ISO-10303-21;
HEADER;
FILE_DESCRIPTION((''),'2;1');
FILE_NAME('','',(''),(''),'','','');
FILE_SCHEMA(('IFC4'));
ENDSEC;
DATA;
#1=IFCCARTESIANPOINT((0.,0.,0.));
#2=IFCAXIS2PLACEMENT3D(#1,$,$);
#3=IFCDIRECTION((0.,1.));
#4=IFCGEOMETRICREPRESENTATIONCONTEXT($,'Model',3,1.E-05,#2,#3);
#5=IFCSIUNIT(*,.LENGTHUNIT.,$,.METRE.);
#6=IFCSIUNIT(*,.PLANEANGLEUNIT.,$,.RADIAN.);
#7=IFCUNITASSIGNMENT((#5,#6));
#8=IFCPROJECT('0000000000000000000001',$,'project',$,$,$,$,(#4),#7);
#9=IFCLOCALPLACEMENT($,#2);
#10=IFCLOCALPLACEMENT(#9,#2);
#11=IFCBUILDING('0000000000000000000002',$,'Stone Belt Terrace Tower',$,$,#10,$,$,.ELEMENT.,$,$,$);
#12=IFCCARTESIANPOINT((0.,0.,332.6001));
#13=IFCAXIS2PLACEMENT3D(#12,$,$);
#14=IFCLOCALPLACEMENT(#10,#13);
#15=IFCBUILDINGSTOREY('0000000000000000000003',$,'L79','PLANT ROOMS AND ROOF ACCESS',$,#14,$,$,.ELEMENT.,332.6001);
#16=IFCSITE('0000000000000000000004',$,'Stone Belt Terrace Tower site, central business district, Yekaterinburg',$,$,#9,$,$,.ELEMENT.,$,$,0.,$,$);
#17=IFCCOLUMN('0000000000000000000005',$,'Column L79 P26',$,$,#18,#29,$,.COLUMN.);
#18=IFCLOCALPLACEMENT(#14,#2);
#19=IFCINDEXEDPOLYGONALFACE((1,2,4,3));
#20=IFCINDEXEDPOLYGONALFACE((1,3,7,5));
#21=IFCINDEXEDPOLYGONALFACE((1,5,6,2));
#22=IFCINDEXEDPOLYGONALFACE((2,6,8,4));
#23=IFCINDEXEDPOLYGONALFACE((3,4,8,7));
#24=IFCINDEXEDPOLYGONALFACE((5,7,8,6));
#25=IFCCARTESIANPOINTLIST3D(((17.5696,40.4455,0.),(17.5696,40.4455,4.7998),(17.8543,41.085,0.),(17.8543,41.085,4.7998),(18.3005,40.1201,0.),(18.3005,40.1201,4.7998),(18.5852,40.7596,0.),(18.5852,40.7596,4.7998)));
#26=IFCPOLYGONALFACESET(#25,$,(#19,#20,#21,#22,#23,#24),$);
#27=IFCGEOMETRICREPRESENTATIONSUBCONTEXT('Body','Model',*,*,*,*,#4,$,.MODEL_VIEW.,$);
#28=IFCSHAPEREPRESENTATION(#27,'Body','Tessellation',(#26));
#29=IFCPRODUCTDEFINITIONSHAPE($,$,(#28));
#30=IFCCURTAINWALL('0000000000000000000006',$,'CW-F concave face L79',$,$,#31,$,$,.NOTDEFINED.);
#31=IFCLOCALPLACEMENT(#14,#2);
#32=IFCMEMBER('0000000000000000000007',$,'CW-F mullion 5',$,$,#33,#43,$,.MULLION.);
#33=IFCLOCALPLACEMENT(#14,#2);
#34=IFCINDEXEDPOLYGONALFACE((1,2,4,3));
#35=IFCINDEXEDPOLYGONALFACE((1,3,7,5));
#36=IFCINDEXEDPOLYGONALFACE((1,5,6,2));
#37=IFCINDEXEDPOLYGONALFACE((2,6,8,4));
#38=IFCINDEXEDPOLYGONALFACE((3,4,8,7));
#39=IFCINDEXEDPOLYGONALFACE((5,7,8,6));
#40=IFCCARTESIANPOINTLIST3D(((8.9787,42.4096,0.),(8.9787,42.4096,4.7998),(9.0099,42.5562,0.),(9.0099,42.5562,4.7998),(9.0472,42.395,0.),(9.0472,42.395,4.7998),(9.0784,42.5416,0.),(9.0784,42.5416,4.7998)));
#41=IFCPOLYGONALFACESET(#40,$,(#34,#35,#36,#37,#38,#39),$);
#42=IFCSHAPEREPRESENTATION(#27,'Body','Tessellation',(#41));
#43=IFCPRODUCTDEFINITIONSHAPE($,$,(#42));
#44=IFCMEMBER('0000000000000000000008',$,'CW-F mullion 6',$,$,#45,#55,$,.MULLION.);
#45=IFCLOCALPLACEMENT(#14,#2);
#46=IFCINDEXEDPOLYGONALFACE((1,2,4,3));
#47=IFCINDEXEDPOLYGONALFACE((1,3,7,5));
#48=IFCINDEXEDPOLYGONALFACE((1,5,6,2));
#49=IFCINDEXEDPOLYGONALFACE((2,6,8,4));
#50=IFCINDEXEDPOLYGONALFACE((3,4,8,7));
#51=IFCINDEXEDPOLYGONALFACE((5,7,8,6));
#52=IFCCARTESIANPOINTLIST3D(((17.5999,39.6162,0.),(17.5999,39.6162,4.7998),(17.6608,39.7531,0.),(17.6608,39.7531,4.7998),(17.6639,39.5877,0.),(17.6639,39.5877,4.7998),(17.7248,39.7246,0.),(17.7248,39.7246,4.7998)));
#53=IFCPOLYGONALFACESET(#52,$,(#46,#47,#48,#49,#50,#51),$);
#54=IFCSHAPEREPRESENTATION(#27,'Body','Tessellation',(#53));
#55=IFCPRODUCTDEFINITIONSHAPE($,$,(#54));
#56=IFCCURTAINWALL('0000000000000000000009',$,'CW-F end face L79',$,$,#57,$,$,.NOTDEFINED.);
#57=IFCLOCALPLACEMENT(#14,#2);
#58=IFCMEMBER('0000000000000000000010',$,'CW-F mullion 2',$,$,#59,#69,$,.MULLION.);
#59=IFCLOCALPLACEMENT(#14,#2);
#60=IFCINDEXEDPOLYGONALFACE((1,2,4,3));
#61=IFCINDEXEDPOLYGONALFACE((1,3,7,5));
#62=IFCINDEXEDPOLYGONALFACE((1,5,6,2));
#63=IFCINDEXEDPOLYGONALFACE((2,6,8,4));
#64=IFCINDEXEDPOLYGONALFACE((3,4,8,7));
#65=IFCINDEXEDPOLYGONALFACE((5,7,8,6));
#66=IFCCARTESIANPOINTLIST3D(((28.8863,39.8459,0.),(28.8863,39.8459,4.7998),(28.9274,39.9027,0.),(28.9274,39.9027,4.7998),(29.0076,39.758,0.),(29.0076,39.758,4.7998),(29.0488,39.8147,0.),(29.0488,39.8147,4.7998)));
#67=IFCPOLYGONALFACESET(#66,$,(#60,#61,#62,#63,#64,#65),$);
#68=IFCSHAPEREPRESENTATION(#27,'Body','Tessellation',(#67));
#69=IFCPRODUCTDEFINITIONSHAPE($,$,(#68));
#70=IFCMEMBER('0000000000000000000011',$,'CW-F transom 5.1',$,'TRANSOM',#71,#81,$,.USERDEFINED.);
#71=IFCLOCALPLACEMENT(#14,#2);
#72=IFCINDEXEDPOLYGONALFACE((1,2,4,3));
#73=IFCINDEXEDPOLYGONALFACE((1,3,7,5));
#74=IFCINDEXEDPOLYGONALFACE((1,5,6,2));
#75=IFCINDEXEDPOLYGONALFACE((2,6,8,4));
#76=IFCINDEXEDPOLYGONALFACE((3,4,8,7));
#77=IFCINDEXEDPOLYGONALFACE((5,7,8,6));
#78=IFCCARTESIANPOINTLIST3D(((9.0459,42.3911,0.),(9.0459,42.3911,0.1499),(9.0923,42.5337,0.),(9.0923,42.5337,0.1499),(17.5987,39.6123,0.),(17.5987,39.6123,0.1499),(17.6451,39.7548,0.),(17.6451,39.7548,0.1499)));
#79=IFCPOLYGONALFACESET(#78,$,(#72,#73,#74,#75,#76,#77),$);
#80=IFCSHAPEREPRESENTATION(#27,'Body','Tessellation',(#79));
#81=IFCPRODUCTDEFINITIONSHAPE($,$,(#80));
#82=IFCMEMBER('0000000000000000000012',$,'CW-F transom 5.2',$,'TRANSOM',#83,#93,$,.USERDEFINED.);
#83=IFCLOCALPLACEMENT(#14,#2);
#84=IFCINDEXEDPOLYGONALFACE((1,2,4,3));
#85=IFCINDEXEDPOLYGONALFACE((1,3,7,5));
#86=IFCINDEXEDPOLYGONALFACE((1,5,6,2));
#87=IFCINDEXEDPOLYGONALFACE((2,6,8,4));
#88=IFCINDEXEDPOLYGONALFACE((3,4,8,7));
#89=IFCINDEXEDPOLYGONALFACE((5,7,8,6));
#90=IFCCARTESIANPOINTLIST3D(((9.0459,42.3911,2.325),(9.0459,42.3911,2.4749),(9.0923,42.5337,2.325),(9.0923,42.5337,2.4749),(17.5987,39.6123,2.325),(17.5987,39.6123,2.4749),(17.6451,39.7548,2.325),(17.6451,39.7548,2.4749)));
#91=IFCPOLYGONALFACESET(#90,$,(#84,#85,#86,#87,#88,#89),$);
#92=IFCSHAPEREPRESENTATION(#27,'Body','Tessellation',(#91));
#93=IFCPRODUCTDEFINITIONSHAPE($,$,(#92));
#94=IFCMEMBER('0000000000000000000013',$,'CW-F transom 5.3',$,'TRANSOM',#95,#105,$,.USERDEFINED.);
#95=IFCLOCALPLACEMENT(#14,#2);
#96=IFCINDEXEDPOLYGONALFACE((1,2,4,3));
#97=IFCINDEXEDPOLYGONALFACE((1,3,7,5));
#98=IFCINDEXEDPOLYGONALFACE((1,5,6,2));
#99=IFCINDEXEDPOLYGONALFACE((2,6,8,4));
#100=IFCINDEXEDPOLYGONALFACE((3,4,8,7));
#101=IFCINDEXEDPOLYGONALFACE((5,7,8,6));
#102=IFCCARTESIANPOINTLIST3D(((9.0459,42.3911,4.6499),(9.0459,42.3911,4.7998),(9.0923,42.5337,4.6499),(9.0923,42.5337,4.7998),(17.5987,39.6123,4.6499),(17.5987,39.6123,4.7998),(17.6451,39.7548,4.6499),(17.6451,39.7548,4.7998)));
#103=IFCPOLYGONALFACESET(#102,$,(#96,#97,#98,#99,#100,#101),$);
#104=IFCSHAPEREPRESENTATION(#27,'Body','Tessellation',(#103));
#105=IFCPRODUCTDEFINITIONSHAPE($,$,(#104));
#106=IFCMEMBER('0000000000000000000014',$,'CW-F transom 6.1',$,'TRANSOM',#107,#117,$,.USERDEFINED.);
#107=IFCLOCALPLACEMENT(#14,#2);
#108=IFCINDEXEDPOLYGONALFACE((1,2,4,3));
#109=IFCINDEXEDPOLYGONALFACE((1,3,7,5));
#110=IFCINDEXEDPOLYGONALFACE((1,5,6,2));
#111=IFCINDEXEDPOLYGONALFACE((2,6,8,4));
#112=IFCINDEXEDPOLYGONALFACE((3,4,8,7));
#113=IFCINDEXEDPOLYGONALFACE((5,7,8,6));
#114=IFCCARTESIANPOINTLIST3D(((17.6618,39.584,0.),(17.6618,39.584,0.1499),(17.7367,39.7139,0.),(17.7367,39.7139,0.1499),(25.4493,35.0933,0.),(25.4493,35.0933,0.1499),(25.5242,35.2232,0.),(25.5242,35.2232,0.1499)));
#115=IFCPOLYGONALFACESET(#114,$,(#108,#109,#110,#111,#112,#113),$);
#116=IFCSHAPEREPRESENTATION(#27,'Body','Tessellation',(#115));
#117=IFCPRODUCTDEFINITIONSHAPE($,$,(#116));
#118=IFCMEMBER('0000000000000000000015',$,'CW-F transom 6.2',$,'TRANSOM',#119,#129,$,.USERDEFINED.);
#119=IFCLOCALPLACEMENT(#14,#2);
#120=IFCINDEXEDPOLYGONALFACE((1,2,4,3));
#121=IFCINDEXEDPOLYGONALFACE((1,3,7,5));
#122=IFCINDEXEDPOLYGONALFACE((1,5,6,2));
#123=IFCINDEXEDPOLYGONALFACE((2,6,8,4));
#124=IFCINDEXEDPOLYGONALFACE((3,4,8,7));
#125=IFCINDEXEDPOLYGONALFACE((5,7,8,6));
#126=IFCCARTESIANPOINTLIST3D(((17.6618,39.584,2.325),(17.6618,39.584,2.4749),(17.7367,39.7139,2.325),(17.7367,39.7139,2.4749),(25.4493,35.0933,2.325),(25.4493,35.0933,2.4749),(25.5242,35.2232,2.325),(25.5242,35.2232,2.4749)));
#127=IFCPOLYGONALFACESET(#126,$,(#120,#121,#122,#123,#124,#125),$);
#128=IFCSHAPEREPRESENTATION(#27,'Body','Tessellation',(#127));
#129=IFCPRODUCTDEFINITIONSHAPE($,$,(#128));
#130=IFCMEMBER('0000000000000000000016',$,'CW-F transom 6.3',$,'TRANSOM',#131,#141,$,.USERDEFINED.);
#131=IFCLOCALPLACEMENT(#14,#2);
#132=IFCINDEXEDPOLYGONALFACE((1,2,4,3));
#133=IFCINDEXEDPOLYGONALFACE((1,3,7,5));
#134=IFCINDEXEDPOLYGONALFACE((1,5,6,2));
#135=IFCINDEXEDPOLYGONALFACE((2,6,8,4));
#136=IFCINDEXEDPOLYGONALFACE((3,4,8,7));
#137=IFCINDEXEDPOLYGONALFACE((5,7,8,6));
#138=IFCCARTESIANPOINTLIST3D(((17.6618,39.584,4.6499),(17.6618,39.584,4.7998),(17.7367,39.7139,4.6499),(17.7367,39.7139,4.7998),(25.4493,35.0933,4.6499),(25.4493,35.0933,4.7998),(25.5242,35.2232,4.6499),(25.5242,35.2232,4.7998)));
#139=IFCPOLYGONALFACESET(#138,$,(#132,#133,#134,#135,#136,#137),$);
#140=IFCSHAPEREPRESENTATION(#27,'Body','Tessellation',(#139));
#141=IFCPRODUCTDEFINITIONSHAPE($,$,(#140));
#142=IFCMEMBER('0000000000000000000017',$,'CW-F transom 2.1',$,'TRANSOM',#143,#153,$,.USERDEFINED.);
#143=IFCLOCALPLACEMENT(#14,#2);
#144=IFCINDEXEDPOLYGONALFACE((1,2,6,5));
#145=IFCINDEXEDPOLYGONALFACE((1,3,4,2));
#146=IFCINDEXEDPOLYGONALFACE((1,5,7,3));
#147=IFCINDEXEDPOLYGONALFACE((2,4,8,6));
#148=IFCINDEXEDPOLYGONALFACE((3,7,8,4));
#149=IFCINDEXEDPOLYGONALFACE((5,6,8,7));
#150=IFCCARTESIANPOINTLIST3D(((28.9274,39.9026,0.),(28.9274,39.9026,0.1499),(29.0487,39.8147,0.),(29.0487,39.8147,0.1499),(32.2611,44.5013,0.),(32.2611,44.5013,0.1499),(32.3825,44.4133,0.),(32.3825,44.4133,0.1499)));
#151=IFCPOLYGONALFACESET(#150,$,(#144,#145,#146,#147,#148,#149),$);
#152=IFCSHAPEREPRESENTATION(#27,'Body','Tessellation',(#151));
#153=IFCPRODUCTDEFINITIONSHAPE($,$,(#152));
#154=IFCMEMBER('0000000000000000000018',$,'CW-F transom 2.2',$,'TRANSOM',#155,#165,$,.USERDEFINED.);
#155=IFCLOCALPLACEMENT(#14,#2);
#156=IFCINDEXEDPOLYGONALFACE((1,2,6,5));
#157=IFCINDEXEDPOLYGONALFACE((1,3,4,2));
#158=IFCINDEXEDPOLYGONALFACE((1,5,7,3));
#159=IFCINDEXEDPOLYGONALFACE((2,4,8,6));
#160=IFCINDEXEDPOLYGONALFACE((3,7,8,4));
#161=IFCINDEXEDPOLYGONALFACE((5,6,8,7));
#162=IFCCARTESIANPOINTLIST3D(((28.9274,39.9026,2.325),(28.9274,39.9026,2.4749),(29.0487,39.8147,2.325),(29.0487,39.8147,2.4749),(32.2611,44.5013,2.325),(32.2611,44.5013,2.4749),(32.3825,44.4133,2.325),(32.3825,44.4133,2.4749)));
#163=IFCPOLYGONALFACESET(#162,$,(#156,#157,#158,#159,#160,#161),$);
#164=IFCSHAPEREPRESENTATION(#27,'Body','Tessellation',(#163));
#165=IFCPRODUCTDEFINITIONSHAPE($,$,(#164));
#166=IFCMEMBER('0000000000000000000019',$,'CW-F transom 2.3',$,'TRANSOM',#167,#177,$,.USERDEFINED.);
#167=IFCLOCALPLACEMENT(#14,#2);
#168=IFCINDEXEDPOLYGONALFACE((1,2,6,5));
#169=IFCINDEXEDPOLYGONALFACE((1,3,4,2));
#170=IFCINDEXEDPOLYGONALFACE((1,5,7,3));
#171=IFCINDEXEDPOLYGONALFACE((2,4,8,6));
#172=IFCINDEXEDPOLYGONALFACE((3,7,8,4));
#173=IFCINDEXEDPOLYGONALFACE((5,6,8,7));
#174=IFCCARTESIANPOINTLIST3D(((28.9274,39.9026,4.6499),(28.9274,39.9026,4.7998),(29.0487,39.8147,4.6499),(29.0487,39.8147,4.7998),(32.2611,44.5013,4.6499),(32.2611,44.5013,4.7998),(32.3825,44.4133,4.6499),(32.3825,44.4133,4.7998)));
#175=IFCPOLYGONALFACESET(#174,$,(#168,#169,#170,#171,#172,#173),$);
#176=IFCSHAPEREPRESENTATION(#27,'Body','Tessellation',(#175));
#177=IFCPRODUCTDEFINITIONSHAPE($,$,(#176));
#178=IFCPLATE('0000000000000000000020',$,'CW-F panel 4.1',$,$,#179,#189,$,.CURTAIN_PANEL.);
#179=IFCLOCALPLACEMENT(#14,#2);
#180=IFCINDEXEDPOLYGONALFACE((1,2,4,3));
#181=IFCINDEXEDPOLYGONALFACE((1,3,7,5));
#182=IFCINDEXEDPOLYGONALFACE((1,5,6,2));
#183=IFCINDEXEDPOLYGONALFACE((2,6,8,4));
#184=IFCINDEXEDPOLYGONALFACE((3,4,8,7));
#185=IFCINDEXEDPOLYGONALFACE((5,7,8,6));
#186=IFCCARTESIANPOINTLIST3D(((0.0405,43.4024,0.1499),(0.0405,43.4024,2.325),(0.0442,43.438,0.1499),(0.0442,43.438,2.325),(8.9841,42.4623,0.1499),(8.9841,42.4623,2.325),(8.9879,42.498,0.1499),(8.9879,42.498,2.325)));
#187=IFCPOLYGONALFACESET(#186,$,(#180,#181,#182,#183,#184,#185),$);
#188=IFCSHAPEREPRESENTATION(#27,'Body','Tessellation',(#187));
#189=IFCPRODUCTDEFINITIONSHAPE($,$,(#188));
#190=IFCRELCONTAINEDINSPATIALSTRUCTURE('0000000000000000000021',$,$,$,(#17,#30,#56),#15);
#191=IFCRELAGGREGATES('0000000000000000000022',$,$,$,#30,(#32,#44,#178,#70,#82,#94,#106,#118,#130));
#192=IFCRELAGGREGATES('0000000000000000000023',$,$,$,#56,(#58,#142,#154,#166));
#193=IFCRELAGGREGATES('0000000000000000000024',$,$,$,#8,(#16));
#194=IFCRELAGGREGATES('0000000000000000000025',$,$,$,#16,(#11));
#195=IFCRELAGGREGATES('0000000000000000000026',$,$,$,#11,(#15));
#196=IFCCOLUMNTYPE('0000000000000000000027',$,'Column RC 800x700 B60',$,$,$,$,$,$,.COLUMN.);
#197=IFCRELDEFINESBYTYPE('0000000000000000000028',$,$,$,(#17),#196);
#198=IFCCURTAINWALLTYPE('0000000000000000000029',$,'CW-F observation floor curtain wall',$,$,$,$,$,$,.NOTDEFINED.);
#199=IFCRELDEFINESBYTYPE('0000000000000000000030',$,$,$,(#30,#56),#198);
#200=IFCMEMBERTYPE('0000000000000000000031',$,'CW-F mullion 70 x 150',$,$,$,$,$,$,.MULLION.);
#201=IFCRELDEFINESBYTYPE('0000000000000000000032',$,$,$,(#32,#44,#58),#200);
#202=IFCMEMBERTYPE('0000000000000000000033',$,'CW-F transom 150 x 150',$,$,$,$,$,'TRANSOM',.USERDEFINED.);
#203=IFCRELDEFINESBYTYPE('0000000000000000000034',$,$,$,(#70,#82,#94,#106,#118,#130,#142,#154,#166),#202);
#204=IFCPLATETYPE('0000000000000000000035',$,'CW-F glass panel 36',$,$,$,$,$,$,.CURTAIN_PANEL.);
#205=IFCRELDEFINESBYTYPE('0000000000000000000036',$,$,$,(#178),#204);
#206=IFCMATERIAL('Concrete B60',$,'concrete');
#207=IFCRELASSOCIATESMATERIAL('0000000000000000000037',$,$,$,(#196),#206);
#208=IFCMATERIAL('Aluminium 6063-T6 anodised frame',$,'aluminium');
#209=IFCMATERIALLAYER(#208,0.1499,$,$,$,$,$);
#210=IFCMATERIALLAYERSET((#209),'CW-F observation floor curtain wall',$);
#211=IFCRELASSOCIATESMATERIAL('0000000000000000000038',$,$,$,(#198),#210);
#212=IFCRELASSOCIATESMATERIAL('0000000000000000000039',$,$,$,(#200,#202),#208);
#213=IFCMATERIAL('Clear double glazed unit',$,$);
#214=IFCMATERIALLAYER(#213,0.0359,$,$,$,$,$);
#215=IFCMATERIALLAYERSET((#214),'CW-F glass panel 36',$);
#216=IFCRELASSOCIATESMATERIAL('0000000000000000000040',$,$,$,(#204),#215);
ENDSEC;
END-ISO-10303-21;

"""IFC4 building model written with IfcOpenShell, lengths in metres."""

from ifc_helpers import new_model, si_unit, direction, frame, origin, origin_2d, place, context, subcontext, project, spatial, rectangle, extrude, material, layer, layer_set, material_profile, profile_set, type_object, element, aggregate, save


model = new_model("IFC4")

# Units and contexts
model_context = context("Model", 3, precision=1e-05, world=origin(), true_north=direction((0.0, 1.0)))
body_context = subcontext(model_context, "Body", "Model", "MODEL_VIEW")
ifc_project = project(units=[si_unit("LENGTHUNIT", "METRE"), si_unit("PLANEANGLEUNIT", "RADIAN")], contexts=[model_context])

# Site, building, storey
site_placement = place(None, origin())
site = spatial("IfcSite", under=ifc_project, at=site_placement, Name="Stone Belt Terrace Tower site, central business district, Yekaterinburg", CompositionType="ELEMENT", RefElevation=0.0)
building_placement = place(site_placement, origin())
building = spatial("IfcBuilding", under=site, at=building_placement, Name="Stone Belt Terrace Tower", CompositionType="ELEMENT")
storey_placement = place(building_placement, frame((0.0, 0.0, 332.6001)))
storey = spatial("IfcBuildingStorey", under=building, at=storey_placement, Name="L79", Description="PLANT ROOMS AND ROOF ACCESS", CompositionType="ELEMENT", Elevation=332.6001)

# Column
ifc_material_1 = material(Name="Concrete B60", Category="concrete")
ifc_material_profile_1 = material_profile(ifc_material_1, rectangle(XDim=0.8, YDim=0.7, at=origin_2d()), Name="RC 800x700")
ifc_profile_set_1 = profile_set([ifc_material_profile_1], Name="Concrete B60")
column_type = type_object("IfcColumnType", Name="Column RC 800x700 B60", PredefinedType="COLUMN", material=ifc_profile_set_1)
column_placement = place(storey_placement, frame((18.0774, 40.6025, 0.0), z_axis=(0.0, 0.0, 1.0), x_axis=(0.913545, -0.406737, 0.0)))
element("IfcColumn", 1, at=column_placement, inside=storey, type_object=column_type, Name="Column L79 P26", PredefinedType="COLUMN", context=body_context, shape_type="SweptSolid", body=[
    extrude(rectangle(XDim=0.8, YDim=0.7, at=origin_2d()), origin(), (0.0, 0.0, 1.0), 4.7998),
])

# Curtain wall, members
ifc_material_2 = material(Name="Aluminium 6063-T6 anodised frame", Category="aluminium")
ifc_layer_1 = layer(ifc_material_2, 0.1499)
ifc_layer_set_1 = layer_set([ifc_layer_1], Name="CW-F observation floor curtain wall")
curtain_wall_type = type_object("IfcCurtainWallType", Name="CW-F observation floor curtain wall", PredefinedType="NOTDEFINED", material=ifc_layer_set_1)
curtain_wall_1_placement = place(storey_placement, origin())
curtain_wall_1 = element("IfcCurtainWall", 2, at=curtain_wall_1_placement, inside=storey, type_object=curtain_wall_type, Name="CW-F concave face L79", PredefinedType="NOTDEFINED")
ifc_material_profile_2 = material_profile(ifc_material_2, rectangle(XDim=0.1499, YDim=0.0701, at=origin_2d()), Name="Aluminium 6063-T6 70x150")
ifc_profile_set_2 = profile_set([ifc_material_profile_2], Name="Aluminium 6063-T6 anodised frame")
member_type_1 = type_object("IfcMemberType", Name="CW-F mullion 70 x 150", PredefinedType="MULLION", material=ifc_profile_set_2)
member_1_placement = place(storey_placement, frame((9.0286, 42.4756, 0.0), z_axis=(0.0, 0.0, 1.0), x_axis=(0.207912, 0.978148, 0.0)))
member_1 = element("IfcMember", 3, at=member_1_placement, type_object=member_type_1, Name="CW-F mullion 5", PredefinedType="MULLION", context=body_context, shape_type="SweptSolid", body=[
    extrude(rectangle(XDim=0.1499, YDim=0.0701, at=origin_2d()), origin(), (0.0, 0.0, 1.0), 4.7998),
])
member_2_placement = place(storey_placement, frame((17.6624, 39.6704, 0.0), z_axis=(0.0, 0.0, 1.0), x_axis=(0.406498, 0.913652, 0.0)))
member_2 = element("IfcMember", 4, at=member_2_placement, type_object=member_type_1, Name="CW-F mullion 6", PredefinedType="MULLION", context=body_context, shape_type="SweptSolid", body=[
    extrude(rectangle(XDim=0.1499, YDim=0.0701, at=origin_2d()), origin(), (0.0, 0.0, 1.0), 4.7998),
])

# Curtain wall, member
curtain_wall_2_placement = place(storey_placement, origin())
curtain_wall_2 = element("IfcCurtainWall", 5, at=curtain_wall_2_placement, inside=storey, type_object=curtain_wall_type, Name="CW-F end face L79", PredefinedType="NOTDEFINED")
member_3_placement = place(storey_placement, frame((28.9675, 39.8303, 0.0), z_axis=(0.0, 0.0, 1.0), x_axis=(-0.809631, 0.586939, 0.0)))
member_3 = element("IfcMember", 6, at=member_3_placement, type_object=member_type_1, Name="CW-F mullion 2", PredefinedType="MULLION", context=body_context, shape_type="SweptSolid", body=[
    extrude(rectangle(XDim=0.1499, YDim=0.0701, at=origin_2d()), origin(), (0.0, 0.0, 1.0), 4.7998),
])

# Members
ifc_material_profile_3 = material_profile(ifc_material_2, rectangle(XDim=0.1499, YDim=0.1499, at=origin_2d()), Name="Aluminium 6063-T6 150x150")
ifc_profile_set_3 = profile_set([ifc_material_profile_3], Name="Aluminium 6063-T6 anodised frame")
member_type_2 = type_object("IfcMemberType", Name="CW-F transom 150 x 150", ElementType="TRANSOM", PredefinedType="USERDEFINED", material=ifc_profile_set_3)
member_4_placement = place(storey_placement, frame((9.0691, 42.4624, 0.075), z_axis=(0.951061, -0.309003, 0.0), x_axis=(0.309003, 0.951061, 0.0)))
member_4 = element("IfcMember", 7, at=member_4_placement, type_object=member_type_2, Name="CW-F transom 5.1", ObjectType="TRANSOM", PredefinedType="USERDEFINED", context=body_context, shape_type="SweptSolid", body=[
    extrude(rectangle(XDim=0.1499, YDim=0.1499, at=origin_2d()), origin(), (0.0, 0.0, 1.0), 8.9929),
])
member_5_placement = place(storey_placement, frame((9.0691, 42.4624, 2.3999), z_axis=(0.951061, -0.309003, 0.0), x_axis=(0.309003, 0.951061, 0.0)))
member_5 = element("IfcMember", 8, at=member_5_placement, type_object=member_type_2, Name="CW-F transom 5.2", ObjectType="TRANSOM", PredefinedType="USERDEFINED", context=body_context, shape_type="SweptSolid", body=[
    extrude(rectangle(XDim=0.1499, YDim=0.1499, at=origin_2d()), origin(), (0.0, 0.0, 1.0), 8.9929),
])
member_6_placement = place(storey_placement, frame((9.0691, 42.4624, 4.7249), z_axis=(0.951061, -0.309003, 0.0), x_axis=(0.309003, 0.951061, 0.0)))
member_6 = element("IfcMember", 9, at=member_6_placement, type_object=member_type_2, Name="CW-F transom 5.3", ObjectType="TRANSOM", PredefinedType="USERDEFINED", context=body_context, shape_type="SweptSolid", body=[
    extrude(rectangle(XDim=0.1499, YDim=0.1499, at=origin_2d()), origin(), (0.0, 0.0, 1.0), 8.9929),
])
member_7_placement = place(storey_placement, frame((17.6992, 39.6489, 0.075), z_axis=(0.866288, -0.499545, 0.0), x_axis=(0.499545, 0.866288, 0.0)))
member_7 = element("IfcMember", 10, at=member_7_placement, type_object=member_type_2, Name="CW-F transom 6.1", ObjectType="TRANSOM", PredefinedType="USERDEFINED", context=body_context, shape_type="SweptSolid", body=[
    extrude(rectangle(XDim=0.1499, YDim=0.1499, at=origin_2d()), origin(), (0.0, 0.0, 1.0), 8.9895),
])
member_8_placement = place(storey_placement, frame((17.6992, 39.6489, 2.3999), z_axis=(0.866288, -0.499545, 0.0), x_axis=(0.499545, 0.866288, 0.0)))
member_8 = element("IfcMember", 11, at=member_8_placement, type_object=member_type_2, Name="CW-F transom 6.2", ObjectType="TRANSOM", PredefinedType="USERDEFINED", context=body_context, shape_type="SweptSolid", body=[
    extrude(rectangle(XDim=0.1499, YDim=0.1499, at=origin_2d()), origin(), (0.0, 0.0, 1.0), 8.9895),
])
member_9_placement = place(storey_placement, frame((17.6992, 39.6489, 4.7249), z_axis=(0.866288, -0.499545, 0.0), x_axis=(0.499545, 0.866288, 0.0)))
member_9 = element("IfcMember", 12, at=member_9_placement, type_object=member_type_2, Name="CW-F transom 6.3", ObjectType="TRANSOM", PredefinedType="USERDEFINED", context=body_context, shape_type="SweptSolid", body=[
    extrude(rectangle(XDim=0.1499, YDim=0.1499, at=origin_2d()), origin(), (0.0, 0.0, 1.0), 8.9895),
])
member_10_placement = place(storey_placement, frame((28.988, 39.8586, 0.075), z_axis=(0.586937, 0.809633, 0.0), x_axis=(-0.809633, 0.586937, 0.0)))
member_10 = element("IfcMember", 13, at=member_10_placement, type_object=member_type_2, Name="CW-F transom 2.1", ObjectType="TRANSOM", PredefinedType="USERDEFINED", context=body_context, shape_type="SweptSolid", body=[
    extrude(rectangle(XDim=0.1499, YDim=0.1499, at=origin_2d()), origin(), (0.0, 0.0, 1.0), 5.6799),
])
member_11_placement = place(storey_placement, frame((28.988, 39.8586, 2.3999), z_axis=(0.586937, 0.809633, 0.0), x_axis=(-0.809633, 0.586937, 0.0)))
member_11 = element("IfcMember", 14, at=member_11_placement, type_object=member_type_2, Name="CW-F transom 2.2", ObjectType="TRANSOM", PredefinedType="USERDEFINED", context=body_context, shape_type="SweptSolid", body=[
    extrude(rectangle(XDim=0.1499, YDim=0.1499, at=origin_2d()), origin(), (0.0, 0.0, 1.0), 5.6799),
])
member_12_placement = place(storey_placement, frame((28.988, 39.8586, 4.7249), z_axis=(0.586937, 0.809633, 0.0), x_axis=(-0.809633, 0.586937, 0.0)))
member_12 = element("IfcMember", 15, at=member_12_placement, type_object=member_type_2, Name="CW-F transom 2.3", ObjectType="TRANSOM", PredefinedType="USERDEFINED", context=body_context, shape_type="SweptSolid", body=[
    extrude(rectangle(XDim=0.1499, YDim=0.1499, at=origin_2d()), origin(), (0.0, 0.0, 1.0), 5.6799),
])

# Plate
ifc_material_3 = material(Name="Clear double glazed unit")
ifc_layer_2 = layer(ifc_material_3, 0.0359)
ifc_layer_set_2 = layer_set([ifc_layer_2], Name="CW-F glass panel 36")
plate_type = type_object("IfcPlateType", Name="CW-F glass panel 36", PredefinedType="CURTAIN_PANEL", material=ifc_layer_set_2)
plate_1_placement = place(storey_placement, frame((4.5142, 42.9502, 0.1499), z_axis=(0.0, 0.0, 1.0), x_axis=(0.994522, -0.104528, 0.0)))
plate_1 = element("IfcPlate", 16, at=plate_1_placement, type_object=plate_type, Name="CW-F panel 4.1", PredefinedType="CURTAIN_PANEL", context=body_context, shape_type="SweptSolid", body=[
    extrude(rectangle(XDim=8.9929, YDim=0.0359, at=origin_2d()), origin(), (0.0, 0.0, 1.0), 2.175),
])
aggregate(curtain_wall_1, [member_1, member_2, plate_1, member_4, member_5, member_6, member_7, member_8, member_9])
aggregate(curtain_wall_2, [member_3, member_10, member_11, member_12])

save(model, "model.ifc")
